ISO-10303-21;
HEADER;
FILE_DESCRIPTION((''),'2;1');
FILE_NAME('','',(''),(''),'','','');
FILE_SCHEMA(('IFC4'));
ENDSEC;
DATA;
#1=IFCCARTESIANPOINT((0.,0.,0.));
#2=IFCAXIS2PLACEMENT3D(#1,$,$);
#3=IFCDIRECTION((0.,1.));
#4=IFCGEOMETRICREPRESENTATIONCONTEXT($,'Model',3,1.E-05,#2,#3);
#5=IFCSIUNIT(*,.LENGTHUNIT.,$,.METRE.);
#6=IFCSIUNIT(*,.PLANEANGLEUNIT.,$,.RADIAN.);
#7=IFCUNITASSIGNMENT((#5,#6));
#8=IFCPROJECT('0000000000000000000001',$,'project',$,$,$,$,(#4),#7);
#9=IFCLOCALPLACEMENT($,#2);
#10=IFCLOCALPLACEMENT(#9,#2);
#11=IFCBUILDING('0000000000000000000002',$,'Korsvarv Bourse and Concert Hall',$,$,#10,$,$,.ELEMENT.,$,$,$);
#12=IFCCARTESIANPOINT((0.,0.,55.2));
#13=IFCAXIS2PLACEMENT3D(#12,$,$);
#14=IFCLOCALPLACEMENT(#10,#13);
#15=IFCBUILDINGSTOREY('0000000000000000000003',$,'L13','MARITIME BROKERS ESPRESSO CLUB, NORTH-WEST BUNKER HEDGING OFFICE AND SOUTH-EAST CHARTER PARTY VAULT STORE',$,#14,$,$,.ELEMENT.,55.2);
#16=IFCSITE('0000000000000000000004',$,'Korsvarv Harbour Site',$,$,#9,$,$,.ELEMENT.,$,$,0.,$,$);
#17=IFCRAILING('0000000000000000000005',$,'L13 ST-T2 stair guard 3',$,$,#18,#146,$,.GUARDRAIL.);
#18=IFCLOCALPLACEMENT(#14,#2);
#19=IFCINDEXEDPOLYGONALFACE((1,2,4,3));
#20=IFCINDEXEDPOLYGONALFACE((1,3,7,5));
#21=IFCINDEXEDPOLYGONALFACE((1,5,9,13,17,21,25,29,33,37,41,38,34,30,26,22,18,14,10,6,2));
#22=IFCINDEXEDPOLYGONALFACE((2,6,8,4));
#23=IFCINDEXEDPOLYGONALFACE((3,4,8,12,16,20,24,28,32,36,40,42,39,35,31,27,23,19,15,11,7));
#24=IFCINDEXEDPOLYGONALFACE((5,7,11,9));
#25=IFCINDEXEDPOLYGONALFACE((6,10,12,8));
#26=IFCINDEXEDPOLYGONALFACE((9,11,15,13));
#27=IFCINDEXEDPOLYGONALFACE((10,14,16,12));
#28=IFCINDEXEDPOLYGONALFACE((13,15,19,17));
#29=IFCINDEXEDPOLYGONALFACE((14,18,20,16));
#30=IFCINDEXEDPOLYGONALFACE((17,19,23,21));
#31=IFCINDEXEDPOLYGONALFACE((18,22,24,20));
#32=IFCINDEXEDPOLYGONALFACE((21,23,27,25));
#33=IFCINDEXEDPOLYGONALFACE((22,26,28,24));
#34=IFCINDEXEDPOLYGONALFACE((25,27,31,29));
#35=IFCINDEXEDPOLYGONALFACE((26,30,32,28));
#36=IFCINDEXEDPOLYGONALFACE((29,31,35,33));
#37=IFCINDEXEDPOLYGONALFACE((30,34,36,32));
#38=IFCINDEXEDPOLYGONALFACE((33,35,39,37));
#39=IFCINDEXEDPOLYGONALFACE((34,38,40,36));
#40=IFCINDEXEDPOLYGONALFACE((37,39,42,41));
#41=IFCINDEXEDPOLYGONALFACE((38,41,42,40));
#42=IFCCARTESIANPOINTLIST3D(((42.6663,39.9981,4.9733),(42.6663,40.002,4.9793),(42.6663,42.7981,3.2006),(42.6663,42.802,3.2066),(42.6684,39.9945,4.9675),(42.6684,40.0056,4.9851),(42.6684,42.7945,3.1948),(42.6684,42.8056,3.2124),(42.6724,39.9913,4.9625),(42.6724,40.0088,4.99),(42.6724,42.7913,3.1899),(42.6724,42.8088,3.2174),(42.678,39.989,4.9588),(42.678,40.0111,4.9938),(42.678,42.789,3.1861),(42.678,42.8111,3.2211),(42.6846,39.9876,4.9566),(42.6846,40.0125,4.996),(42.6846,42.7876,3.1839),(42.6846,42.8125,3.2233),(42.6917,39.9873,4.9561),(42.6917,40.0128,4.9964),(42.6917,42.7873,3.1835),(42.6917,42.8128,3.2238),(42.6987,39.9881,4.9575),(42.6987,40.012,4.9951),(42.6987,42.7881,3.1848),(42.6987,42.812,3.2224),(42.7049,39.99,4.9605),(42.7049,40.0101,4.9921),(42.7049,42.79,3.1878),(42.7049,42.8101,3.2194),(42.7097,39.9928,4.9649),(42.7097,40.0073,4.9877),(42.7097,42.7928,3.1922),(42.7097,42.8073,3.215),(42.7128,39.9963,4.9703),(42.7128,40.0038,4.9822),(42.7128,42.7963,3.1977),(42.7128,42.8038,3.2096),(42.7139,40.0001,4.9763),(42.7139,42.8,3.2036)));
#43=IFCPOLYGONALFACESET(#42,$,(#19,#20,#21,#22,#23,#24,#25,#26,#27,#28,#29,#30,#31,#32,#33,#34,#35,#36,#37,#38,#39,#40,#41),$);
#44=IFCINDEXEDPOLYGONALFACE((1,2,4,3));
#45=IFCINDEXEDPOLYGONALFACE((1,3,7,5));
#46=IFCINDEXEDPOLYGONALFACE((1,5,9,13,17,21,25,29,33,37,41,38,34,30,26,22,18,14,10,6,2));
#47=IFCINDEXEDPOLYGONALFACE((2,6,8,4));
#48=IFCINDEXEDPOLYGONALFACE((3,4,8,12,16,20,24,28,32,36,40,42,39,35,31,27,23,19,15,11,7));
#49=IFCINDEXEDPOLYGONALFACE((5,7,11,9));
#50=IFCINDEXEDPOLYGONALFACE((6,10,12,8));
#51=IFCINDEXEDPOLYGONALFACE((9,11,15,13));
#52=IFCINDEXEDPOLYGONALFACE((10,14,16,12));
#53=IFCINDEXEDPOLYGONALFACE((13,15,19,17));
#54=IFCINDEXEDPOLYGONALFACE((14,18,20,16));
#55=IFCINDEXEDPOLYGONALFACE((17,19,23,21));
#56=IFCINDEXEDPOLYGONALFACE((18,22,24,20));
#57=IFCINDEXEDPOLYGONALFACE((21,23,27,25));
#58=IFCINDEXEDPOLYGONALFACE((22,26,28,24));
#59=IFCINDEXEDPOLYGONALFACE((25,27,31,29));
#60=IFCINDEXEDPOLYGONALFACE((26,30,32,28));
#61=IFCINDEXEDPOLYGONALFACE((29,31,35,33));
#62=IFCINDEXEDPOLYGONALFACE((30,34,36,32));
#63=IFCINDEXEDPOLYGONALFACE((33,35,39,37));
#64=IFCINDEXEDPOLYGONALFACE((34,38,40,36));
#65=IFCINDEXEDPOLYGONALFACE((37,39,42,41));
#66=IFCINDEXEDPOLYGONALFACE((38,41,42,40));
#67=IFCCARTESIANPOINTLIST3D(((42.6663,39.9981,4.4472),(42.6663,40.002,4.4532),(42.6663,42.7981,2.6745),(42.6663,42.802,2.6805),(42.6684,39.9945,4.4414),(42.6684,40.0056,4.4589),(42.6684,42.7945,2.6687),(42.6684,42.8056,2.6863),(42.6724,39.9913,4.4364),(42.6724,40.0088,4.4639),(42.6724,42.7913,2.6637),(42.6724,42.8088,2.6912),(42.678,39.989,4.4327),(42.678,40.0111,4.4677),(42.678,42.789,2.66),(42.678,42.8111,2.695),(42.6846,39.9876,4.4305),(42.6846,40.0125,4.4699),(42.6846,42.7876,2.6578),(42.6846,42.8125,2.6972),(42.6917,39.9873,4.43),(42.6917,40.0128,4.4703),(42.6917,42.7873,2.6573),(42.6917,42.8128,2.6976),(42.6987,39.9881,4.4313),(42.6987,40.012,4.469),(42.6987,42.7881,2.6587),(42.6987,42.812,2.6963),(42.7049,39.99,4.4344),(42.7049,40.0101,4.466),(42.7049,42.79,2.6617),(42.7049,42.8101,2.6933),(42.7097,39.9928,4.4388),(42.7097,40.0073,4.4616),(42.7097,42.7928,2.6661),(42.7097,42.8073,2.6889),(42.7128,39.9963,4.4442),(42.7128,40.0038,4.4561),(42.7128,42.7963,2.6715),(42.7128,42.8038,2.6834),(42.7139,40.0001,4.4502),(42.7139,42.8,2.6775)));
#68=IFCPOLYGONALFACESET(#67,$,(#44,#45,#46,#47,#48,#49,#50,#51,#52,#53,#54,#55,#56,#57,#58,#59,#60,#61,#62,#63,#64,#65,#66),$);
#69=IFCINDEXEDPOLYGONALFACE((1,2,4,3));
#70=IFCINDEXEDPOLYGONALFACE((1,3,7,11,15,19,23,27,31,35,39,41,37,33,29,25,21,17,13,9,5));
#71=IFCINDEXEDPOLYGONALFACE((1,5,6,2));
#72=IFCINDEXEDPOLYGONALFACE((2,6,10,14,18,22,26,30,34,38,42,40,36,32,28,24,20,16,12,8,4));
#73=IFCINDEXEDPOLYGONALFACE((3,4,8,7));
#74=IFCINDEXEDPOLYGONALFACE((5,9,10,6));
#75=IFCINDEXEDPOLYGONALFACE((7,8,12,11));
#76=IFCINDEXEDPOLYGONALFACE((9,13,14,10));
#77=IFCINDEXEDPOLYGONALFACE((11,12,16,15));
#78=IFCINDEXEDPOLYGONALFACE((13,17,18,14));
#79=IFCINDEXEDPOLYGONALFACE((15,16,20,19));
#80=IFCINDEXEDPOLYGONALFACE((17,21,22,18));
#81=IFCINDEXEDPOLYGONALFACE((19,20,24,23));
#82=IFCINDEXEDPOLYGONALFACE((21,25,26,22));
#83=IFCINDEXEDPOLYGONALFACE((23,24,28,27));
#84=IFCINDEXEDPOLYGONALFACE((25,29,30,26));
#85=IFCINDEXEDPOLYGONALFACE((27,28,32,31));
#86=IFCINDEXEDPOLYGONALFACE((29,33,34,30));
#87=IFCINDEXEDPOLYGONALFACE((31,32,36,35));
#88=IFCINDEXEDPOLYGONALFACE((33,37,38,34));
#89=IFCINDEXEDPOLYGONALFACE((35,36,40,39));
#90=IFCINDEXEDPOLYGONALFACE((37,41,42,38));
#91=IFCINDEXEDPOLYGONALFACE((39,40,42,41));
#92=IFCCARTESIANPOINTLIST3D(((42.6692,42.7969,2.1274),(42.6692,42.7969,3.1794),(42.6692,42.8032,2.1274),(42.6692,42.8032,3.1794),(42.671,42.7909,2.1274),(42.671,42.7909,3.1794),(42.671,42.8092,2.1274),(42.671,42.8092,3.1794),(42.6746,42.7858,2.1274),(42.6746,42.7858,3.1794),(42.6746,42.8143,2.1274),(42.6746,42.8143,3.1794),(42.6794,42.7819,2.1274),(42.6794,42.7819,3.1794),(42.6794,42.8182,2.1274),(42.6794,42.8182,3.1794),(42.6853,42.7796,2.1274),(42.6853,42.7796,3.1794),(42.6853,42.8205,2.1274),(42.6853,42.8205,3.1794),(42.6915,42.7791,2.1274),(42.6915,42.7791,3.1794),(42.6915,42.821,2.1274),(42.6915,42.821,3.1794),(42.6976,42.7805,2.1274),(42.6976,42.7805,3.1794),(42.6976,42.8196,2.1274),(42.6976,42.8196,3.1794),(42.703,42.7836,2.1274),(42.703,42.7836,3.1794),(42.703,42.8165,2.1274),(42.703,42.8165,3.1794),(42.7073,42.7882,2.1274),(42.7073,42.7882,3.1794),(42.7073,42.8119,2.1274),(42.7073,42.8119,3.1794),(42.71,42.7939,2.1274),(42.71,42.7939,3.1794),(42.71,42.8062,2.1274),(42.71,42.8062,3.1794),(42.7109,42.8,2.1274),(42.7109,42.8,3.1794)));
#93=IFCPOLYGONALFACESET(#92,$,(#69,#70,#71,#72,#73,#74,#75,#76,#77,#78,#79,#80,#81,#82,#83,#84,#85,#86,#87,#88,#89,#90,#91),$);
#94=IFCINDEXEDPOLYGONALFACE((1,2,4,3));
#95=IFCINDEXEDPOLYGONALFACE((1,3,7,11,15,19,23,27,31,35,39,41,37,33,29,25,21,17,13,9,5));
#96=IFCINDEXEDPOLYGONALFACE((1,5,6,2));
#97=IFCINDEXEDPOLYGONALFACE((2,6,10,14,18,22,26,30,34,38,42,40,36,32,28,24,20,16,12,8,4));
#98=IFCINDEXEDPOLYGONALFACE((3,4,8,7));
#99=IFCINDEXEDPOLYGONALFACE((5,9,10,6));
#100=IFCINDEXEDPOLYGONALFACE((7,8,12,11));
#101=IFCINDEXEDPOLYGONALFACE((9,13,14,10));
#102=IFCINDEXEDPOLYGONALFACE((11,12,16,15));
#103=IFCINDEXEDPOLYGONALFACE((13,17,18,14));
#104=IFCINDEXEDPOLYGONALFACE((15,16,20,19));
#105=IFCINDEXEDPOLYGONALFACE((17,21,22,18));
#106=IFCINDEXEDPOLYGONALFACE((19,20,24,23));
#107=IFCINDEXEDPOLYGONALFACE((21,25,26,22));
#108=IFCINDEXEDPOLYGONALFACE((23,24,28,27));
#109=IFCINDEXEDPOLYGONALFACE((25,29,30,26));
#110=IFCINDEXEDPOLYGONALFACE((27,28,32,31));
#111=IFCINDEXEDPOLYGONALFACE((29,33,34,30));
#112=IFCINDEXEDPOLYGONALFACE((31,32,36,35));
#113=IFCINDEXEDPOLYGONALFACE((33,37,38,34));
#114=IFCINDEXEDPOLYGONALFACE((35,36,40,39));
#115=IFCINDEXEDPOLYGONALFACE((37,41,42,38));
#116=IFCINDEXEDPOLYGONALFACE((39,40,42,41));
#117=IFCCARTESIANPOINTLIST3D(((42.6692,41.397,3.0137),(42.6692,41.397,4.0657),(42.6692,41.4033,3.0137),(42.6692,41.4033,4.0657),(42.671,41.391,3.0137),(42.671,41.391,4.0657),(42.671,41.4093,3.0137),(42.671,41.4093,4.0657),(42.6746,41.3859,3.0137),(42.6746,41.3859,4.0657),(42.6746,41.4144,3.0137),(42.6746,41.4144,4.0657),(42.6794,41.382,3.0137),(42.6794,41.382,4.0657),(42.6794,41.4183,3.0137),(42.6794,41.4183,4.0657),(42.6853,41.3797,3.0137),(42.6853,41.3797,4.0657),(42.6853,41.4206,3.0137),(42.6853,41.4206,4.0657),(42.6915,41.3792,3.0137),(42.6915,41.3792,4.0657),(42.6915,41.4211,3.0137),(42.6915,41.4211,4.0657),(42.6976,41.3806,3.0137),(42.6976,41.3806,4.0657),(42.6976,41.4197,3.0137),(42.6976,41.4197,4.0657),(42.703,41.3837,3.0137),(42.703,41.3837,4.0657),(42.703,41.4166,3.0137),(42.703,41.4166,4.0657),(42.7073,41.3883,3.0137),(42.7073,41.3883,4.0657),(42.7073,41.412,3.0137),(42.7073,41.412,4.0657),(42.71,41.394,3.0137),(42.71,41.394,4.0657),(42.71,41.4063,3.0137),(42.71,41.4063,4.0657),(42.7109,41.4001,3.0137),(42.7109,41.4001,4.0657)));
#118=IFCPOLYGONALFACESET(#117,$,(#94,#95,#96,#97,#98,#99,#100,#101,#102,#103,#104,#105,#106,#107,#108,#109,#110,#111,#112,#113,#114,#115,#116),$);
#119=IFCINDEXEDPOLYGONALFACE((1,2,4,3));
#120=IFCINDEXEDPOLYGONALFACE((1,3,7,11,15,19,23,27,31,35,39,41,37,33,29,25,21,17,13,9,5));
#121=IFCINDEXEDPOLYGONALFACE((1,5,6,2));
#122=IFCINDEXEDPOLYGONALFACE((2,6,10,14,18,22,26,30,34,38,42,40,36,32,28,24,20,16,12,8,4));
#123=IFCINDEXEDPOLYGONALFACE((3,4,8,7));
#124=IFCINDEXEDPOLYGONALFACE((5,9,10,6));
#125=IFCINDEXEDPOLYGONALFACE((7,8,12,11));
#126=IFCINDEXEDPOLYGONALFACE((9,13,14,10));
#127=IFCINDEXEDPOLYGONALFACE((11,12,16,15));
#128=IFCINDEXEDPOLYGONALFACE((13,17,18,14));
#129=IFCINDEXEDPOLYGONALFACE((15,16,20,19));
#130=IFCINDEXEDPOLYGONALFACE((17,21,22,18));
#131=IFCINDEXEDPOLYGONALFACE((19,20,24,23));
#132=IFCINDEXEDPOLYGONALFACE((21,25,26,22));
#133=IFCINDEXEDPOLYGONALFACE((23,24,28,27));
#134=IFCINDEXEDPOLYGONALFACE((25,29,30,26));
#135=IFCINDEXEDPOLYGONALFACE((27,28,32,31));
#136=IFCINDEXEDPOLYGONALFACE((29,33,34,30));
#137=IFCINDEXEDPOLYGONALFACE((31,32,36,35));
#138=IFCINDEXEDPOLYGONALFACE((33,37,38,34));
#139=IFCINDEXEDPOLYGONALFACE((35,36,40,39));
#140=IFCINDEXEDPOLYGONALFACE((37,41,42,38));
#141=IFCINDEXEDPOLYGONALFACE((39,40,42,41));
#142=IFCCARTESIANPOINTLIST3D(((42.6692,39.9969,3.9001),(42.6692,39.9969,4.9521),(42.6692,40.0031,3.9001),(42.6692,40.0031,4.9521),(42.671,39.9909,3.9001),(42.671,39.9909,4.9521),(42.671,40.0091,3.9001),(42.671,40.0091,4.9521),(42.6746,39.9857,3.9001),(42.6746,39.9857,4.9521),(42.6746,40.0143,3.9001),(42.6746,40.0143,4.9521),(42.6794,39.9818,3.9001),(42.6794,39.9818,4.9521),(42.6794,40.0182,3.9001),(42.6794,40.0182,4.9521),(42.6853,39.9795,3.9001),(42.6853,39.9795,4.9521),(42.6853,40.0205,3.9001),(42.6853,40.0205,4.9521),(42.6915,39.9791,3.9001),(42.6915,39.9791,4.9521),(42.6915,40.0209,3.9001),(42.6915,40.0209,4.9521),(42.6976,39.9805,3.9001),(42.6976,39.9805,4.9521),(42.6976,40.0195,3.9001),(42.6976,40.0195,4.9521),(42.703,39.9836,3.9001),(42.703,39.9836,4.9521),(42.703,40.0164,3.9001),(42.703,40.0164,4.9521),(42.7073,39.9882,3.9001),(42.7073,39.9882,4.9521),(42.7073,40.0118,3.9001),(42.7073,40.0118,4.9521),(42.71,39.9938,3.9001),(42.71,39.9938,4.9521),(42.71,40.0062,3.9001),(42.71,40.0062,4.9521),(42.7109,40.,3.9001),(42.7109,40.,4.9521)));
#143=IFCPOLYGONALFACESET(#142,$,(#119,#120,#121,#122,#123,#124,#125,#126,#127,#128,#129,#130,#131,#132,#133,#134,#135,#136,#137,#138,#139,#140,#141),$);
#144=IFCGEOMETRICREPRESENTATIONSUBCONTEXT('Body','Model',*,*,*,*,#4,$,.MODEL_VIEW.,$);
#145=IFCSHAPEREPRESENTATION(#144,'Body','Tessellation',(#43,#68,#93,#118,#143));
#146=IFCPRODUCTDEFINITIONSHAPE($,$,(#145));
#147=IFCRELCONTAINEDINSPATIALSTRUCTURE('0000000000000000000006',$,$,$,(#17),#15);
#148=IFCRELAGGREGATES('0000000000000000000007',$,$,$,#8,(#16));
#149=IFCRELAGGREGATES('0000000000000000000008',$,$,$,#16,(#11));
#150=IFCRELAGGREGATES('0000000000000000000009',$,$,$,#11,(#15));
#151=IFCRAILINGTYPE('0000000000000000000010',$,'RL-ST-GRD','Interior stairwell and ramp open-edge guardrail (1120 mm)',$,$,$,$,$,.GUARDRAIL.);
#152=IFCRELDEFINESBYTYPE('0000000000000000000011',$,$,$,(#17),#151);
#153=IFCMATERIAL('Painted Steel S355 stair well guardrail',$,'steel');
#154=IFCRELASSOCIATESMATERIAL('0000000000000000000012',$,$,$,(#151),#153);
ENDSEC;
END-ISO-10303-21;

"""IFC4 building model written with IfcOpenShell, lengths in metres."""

from ifc_helpers import new_model, si_unit, direction, frame, origin, origin_2d, place, context, subcontext, project, spatial, circle, extrude, material, type_object, element, save


model = new_model("IFC4")

# Units and contexts
model_context = context("Model", 3, precision=1e-05, world=origin(), true_north=direction((0.0, 1.0)))
body_context = subcontext(model_context, "Body", "Model", "MODEL_VIEW")
ifc_project = project(units=[si_unit("LENGTHUNIT", "METRE"), si_unit("PLANEANGLEUNIT", "RADIAN")], contexts=[model_context])

# Site, building, storey
site_placement = place(None, origin())
site = spatial("IfcSite", under=ifc_project, at=site_placement, Name="Korsvarv Harbour Site", CompositionType="ELEMENT", RefElevation=0.0)
building_placement = place(site_placement, origin())
building = spatial("IfcBuilding", under=site, at=building_placement, Name="Korsvarv Bourse and Concert Hall", CompositionType="ELEMENT")
storey_placement = place(building_placement, frame((0.0, 0.0, 55.2)))
storey = spatial("IfcBuildingStorey", under=building, at=storey_placement, Name="L13", Description="MARITIME BROKERS ESPRESSO CLUB, NORTH-WEST BUNKER HEDGING OFFICE AND SOUTH-EAST CHARTER PARTY VAULT STORE", CompositionType="ELEMENT", Elevation=55.2)

# Railing
ifc_material_1 = material(Name="Painted Steel S355 stair well guardrail", Category="steel")
railing_type_1 = type_object("IfcRailingType", Name="RL-ST-GRD", Description="Interior stairwell and ramp open-edge guardrail (1120 mm)", PredefinedType="GUARDRAIL", material=ifc_material_1)
railing_1_placement = place(storey_placement, frame((42.6899, 42.8, 2.1274)))
element("IfcRailing", 1, at=railing_1_placement, inside=storey, type_object=railing_type_1, Name="L13 ST-T2 stair guard 3", PredefinedType="GUARDRAIL", context=body_context, shape_type="SweptSolid", body=[
    extrude(circle(Radius=0.0239, at=origin_2d()), frame((0.0, 0.0, 1.0762), z_axis=(0.0, -0.844909, 0.53491), x_axis=(1.0, 0.0, 0.0)), (0.0, 0.0, 1.0), 3.314),
    extrude(circle(Radius=0.0239, at=origin_2d()), frame((0.0, 0.0, 0.55), z_axis=(0.0, -0.844909, 0.53491), x_axis=(1.0, 0.0, 0.0)), (0.0, 0.0, 1.0), 3.314),
    extrude(circle(Radius=0.021, at=origin_2d()), origin(), (0.0, 0.0, 1.0), 1.052),
    extrude(circle(Radius=0.021, at=origin_2d()), frame((0.0, -1.3999, 0.8862)), (0.0, 0.0, 1.0), 1.052),
    extrude(circle(Radius=0.021, at=origin_2d()), frame((0.0, -2.8, 1.7727)), (0.0, 0.0, 1.0), 1.052),
])

save(model, "model.ifc")
